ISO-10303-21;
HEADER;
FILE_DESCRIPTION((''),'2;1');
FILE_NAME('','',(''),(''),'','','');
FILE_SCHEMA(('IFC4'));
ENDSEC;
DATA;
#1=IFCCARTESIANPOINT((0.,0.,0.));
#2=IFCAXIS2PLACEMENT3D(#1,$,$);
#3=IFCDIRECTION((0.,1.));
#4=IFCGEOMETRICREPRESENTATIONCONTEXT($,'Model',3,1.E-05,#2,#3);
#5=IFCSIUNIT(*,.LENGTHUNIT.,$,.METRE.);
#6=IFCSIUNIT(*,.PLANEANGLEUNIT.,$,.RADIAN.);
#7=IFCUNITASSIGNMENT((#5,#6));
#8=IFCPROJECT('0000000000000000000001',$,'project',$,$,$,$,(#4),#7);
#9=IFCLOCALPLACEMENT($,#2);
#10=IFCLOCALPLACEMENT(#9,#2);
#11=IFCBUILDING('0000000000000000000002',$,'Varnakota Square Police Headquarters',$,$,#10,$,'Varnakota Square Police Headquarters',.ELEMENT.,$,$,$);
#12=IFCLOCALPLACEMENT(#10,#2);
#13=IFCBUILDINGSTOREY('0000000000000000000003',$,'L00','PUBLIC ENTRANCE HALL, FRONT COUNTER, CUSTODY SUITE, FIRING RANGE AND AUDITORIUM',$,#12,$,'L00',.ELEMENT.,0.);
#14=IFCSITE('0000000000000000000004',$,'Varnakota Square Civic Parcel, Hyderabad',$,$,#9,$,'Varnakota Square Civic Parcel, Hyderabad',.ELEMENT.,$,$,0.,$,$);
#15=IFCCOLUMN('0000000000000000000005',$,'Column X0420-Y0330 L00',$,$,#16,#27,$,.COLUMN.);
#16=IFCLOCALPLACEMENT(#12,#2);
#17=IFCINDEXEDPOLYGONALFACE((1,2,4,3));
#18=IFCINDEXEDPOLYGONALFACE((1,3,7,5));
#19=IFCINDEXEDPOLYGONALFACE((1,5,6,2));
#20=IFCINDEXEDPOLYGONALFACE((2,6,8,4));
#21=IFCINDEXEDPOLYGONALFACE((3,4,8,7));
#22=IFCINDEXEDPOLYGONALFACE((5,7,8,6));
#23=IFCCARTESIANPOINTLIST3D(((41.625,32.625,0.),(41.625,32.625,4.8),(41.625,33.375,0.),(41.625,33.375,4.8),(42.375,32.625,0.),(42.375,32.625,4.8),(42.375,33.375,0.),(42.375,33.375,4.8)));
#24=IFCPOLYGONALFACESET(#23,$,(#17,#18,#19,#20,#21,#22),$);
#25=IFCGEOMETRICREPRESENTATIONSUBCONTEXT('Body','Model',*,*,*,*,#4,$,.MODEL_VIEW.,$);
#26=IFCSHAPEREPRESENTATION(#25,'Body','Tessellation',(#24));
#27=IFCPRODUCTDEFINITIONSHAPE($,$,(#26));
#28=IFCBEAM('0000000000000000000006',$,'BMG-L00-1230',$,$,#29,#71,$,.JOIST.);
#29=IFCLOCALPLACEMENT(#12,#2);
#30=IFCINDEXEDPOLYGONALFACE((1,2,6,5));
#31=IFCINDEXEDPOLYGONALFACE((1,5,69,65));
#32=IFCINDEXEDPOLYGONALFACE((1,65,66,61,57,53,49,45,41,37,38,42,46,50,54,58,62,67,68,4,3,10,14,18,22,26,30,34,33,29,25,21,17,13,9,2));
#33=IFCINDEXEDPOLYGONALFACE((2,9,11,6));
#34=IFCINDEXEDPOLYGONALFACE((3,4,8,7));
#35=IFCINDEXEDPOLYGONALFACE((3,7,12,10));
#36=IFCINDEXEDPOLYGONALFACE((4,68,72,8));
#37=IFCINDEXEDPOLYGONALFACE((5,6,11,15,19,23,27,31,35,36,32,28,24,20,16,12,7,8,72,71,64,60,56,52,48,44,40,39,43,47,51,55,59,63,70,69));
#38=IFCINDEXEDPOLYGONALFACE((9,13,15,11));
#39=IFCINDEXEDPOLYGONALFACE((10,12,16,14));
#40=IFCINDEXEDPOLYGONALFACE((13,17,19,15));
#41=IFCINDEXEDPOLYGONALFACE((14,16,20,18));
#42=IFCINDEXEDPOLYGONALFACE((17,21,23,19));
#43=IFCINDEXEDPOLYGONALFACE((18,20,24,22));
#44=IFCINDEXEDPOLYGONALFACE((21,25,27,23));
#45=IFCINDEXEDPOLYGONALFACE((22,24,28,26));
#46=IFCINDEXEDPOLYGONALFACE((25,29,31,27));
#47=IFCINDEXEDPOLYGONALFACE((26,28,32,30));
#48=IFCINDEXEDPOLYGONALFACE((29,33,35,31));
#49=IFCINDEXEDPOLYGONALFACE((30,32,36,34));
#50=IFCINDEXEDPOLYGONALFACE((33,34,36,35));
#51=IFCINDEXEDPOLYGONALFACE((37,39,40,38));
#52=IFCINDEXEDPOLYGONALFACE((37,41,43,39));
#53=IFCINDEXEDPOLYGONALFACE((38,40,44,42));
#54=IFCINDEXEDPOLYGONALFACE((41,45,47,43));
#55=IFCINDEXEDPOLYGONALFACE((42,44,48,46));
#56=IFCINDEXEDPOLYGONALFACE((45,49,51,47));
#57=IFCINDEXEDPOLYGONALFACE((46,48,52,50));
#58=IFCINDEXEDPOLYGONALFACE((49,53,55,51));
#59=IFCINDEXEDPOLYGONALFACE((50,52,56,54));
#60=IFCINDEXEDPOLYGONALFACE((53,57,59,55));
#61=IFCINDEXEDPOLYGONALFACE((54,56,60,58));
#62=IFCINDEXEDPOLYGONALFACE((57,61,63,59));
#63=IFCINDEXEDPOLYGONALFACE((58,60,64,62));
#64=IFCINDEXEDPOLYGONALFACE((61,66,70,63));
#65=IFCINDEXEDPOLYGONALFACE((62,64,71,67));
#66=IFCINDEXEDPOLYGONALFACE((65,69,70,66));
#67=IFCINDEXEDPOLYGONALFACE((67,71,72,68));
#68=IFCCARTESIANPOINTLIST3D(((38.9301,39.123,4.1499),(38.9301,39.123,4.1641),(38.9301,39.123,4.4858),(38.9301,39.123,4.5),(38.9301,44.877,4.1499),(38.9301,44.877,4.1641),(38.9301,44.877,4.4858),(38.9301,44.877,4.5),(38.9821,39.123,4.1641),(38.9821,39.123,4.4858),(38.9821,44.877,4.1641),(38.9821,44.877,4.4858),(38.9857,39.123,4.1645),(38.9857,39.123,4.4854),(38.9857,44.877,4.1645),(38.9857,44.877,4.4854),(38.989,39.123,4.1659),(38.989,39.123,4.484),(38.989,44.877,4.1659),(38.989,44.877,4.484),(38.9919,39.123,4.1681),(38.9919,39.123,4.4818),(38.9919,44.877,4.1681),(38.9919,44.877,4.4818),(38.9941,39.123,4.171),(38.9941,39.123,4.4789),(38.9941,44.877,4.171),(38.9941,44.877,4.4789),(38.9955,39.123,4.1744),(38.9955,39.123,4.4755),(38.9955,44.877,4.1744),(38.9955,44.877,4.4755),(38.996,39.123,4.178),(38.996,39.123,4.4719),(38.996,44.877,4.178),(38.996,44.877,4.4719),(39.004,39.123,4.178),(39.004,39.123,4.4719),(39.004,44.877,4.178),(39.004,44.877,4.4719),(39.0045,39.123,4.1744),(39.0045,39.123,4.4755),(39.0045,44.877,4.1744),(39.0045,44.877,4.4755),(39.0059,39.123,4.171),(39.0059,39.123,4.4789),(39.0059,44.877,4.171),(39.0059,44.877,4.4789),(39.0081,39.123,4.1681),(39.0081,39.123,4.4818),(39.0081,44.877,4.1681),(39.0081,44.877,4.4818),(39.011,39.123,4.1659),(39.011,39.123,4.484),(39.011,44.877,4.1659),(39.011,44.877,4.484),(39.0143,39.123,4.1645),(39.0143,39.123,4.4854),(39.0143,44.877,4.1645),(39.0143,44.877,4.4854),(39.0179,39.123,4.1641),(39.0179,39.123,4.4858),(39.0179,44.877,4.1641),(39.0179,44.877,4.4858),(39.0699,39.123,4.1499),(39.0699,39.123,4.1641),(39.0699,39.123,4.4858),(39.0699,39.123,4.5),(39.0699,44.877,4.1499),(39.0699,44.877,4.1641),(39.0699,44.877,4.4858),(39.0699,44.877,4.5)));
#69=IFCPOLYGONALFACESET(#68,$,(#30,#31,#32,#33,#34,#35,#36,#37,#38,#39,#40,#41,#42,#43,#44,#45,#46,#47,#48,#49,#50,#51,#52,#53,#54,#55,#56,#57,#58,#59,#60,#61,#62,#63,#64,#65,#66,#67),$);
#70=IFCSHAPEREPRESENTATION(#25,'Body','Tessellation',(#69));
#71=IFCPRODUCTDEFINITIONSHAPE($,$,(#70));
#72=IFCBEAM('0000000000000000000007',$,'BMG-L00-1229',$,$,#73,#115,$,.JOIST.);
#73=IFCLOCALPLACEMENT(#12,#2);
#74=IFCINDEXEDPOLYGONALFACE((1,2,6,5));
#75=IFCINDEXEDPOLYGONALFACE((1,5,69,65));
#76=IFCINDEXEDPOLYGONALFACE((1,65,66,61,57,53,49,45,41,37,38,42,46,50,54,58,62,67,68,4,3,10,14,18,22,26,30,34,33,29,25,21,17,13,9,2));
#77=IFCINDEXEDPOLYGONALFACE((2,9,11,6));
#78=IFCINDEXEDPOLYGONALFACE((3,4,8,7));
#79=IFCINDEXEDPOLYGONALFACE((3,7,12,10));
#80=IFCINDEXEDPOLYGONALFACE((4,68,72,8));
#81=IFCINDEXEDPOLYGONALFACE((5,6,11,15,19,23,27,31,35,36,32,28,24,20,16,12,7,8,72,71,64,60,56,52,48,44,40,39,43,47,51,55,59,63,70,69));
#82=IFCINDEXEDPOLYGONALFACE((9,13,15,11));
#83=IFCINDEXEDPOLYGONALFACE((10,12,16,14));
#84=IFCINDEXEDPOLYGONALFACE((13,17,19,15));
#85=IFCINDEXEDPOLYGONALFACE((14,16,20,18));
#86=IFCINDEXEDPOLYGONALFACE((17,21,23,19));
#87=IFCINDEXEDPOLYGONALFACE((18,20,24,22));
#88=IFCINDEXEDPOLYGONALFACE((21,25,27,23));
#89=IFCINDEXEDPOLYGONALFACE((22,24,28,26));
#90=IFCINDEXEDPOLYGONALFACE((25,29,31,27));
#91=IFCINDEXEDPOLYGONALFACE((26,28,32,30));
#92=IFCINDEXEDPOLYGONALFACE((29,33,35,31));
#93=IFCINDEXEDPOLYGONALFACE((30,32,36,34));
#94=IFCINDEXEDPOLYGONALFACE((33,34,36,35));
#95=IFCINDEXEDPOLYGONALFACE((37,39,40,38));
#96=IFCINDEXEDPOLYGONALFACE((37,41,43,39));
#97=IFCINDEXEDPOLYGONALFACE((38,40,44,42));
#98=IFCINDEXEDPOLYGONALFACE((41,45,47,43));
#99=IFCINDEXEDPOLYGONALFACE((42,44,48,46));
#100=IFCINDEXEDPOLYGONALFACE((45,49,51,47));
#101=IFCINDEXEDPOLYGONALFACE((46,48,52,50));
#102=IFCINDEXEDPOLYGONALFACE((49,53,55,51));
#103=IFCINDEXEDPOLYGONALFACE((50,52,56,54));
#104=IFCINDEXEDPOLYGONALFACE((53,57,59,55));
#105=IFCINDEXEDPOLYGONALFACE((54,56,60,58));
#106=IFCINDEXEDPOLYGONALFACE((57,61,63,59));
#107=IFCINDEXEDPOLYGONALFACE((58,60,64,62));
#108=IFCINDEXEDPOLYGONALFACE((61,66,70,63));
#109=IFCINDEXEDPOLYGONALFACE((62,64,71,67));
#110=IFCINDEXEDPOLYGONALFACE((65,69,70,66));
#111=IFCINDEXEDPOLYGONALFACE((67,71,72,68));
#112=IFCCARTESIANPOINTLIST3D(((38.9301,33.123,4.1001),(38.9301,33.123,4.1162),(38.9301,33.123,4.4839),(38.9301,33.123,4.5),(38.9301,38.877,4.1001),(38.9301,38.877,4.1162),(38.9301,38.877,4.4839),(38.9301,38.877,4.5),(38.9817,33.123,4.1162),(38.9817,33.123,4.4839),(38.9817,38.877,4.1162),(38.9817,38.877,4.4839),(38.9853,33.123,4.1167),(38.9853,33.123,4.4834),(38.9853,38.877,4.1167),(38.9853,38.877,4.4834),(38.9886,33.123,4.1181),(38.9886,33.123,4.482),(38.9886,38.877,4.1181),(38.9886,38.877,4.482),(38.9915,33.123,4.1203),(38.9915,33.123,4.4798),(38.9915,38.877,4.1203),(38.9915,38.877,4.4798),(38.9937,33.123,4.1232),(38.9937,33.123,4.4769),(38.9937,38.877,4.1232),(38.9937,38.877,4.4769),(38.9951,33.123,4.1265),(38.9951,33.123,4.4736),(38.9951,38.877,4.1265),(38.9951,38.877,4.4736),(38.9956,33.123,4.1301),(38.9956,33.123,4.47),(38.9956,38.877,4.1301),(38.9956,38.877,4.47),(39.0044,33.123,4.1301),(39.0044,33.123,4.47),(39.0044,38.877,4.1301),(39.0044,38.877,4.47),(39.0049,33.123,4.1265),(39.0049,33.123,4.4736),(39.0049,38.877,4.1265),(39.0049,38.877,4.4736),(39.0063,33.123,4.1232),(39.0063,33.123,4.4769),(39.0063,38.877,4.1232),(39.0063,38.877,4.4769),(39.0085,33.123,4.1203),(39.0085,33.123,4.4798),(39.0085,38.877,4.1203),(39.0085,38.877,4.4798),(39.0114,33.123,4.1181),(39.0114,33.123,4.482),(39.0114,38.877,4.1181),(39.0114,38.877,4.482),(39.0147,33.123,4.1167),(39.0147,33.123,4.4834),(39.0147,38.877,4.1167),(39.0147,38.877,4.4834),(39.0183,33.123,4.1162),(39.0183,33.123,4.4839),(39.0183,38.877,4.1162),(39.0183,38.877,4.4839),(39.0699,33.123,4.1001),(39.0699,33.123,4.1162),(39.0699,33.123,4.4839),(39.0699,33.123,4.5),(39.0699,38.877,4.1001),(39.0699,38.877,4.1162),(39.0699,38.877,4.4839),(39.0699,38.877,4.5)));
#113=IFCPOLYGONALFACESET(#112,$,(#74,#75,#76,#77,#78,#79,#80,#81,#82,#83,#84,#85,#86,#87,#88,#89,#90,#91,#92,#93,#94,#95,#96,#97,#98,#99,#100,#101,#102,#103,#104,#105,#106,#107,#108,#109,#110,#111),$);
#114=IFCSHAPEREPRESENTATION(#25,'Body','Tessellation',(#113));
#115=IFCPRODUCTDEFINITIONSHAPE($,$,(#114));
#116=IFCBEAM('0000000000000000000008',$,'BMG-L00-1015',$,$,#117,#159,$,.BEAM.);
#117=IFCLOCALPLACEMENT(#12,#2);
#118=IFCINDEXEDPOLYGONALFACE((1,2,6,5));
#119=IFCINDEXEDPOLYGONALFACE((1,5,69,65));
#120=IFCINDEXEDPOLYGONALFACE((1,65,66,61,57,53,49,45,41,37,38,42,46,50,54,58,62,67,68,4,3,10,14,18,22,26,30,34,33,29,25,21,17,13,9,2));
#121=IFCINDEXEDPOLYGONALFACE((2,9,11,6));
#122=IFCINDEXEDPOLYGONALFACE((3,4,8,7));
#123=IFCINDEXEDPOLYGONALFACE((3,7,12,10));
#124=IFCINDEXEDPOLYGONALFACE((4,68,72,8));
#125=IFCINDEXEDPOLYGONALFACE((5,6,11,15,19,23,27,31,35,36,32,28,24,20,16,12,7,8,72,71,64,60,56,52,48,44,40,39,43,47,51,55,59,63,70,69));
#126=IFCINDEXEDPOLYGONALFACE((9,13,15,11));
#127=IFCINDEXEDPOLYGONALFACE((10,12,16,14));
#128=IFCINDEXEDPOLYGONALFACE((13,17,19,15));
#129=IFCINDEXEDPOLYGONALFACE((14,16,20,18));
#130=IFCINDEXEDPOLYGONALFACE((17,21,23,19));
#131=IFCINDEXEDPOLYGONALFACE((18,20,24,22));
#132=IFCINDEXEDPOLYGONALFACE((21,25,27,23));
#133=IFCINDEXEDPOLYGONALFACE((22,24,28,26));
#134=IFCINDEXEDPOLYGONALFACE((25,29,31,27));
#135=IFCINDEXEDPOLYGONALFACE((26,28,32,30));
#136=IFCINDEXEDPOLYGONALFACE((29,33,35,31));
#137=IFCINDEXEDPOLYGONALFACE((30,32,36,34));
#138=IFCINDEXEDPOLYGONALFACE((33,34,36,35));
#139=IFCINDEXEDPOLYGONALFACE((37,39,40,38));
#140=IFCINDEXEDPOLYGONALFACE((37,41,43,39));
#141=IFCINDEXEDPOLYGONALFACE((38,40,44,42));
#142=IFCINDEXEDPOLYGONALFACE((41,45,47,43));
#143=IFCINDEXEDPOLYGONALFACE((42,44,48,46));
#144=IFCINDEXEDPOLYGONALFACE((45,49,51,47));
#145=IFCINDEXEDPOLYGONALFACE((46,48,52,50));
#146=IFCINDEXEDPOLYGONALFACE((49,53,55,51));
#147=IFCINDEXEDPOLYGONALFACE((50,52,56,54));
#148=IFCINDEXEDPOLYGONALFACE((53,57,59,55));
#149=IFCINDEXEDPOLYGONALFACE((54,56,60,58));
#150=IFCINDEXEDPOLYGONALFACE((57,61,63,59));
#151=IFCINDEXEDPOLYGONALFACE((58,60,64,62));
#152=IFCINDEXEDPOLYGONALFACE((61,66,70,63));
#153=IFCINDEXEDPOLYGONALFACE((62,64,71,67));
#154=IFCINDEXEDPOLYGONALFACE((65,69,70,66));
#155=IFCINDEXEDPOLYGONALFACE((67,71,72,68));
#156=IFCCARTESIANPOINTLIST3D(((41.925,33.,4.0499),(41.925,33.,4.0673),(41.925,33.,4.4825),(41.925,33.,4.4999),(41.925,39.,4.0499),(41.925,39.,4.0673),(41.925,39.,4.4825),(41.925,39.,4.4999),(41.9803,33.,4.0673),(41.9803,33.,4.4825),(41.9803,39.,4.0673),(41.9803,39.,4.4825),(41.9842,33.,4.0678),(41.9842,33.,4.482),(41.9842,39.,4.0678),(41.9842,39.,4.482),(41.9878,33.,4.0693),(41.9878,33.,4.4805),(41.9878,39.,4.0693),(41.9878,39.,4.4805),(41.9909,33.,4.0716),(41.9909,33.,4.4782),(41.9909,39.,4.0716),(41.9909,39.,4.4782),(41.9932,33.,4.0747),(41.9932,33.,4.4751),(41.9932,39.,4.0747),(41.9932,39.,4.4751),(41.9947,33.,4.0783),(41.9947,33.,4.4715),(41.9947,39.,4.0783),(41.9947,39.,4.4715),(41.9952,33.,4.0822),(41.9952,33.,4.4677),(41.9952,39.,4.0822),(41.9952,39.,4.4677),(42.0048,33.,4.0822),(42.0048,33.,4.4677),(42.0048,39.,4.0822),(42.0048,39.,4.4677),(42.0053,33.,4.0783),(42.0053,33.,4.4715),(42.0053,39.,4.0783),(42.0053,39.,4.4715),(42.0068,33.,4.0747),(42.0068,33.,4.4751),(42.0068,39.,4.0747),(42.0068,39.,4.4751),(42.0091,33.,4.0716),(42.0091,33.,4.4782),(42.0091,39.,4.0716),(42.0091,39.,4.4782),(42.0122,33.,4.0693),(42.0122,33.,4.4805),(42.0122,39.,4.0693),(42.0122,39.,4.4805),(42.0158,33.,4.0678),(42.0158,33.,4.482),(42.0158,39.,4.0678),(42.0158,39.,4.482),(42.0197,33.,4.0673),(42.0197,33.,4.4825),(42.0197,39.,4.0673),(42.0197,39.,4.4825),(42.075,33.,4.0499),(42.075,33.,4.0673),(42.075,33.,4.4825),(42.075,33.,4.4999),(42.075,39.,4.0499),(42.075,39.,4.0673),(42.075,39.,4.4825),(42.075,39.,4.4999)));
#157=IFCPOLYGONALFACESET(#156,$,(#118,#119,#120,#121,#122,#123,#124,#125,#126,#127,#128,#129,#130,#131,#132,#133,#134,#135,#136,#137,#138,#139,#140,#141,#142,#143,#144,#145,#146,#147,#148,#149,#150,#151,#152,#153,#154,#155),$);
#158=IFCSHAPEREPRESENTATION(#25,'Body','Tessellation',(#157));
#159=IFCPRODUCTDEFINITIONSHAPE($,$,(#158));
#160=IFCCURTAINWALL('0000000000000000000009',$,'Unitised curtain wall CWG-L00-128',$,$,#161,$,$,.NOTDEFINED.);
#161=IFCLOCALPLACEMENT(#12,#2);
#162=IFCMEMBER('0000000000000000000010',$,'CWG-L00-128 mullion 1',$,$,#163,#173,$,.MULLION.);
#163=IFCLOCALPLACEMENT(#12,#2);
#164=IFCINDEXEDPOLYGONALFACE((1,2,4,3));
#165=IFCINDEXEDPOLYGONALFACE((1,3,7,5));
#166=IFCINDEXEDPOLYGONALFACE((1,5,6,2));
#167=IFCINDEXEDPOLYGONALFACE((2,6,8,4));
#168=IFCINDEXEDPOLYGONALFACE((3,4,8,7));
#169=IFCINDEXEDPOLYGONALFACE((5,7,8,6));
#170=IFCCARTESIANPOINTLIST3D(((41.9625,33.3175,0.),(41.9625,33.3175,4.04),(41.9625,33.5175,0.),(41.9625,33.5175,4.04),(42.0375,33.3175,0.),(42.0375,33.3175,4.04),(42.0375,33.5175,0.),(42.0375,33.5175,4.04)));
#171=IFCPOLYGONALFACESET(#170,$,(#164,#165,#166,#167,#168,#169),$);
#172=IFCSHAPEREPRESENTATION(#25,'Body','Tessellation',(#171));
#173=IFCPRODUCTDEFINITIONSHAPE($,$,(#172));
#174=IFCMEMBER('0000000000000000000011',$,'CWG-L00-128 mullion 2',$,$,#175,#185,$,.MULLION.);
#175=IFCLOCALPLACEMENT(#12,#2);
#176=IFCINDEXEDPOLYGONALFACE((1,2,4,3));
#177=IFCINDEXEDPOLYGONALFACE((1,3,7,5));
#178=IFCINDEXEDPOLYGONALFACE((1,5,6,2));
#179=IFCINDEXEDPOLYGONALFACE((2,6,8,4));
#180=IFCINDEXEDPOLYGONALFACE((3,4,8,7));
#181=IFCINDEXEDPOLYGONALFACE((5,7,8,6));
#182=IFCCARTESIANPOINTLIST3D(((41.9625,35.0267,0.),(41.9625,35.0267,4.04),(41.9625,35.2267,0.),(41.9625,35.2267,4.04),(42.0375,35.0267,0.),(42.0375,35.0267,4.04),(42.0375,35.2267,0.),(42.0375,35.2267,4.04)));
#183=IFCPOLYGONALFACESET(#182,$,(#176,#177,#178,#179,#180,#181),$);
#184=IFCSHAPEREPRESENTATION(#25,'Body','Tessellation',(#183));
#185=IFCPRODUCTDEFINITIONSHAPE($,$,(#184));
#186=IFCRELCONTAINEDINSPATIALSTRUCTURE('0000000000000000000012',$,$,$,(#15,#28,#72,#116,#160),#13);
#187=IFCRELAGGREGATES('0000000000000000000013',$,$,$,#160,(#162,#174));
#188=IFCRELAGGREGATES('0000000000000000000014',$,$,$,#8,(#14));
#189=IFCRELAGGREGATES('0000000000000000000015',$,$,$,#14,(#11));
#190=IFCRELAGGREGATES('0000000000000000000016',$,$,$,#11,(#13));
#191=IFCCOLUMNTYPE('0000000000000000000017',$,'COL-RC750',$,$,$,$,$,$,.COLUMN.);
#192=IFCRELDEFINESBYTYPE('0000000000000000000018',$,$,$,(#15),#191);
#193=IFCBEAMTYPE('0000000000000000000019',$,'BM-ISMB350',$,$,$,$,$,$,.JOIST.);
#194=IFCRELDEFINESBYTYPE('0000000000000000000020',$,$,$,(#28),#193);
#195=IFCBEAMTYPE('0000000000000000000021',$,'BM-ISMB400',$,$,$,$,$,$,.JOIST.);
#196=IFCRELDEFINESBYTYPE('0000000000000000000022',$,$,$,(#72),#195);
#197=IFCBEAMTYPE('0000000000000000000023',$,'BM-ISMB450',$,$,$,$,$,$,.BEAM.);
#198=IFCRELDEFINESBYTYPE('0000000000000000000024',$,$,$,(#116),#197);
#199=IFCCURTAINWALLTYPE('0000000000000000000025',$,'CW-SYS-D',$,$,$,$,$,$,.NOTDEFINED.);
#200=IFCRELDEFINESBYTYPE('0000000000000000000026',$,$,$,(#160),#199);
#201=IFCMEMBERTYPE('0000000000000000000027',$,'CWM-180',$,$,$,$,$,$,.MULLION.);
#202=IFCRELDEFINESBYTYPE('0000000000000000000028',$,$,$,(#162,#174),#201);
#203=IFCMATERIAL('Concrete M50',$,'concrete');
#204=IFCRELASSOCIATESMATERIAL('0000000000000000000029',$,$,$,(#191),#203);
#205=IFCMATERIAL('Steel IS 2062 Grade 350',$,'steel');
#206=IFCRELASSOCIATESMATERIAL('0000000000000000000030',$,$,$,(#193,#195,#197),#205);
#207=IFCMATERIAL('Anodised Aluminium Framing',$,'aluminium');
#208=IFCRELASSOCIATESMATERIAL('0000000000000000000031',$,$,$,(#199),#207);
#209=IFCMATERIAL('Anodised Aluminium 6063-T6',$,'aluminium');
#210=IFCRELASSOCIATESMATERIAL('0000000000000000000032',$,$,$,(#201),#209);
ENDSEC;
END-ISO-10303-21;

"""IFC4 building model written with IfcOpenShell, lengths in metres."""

from ifc_helpers import new_model, si_unit, direction, frame, origin, origin_2d, place, context, subcontext, project, spatial, rectangle, i_section, extrude, material, material_profile, profile_set, type_object, element, aggregate, save


model = new_model("IFC4")

# Units and contexts
model_context = context("Model", 3, precision=1e-05, world=origin(), true_north=direction((0.0, 1.0)))
body_context = subcontext(model_context, "Body", "Model", "MODEL_VIEW")
ifc_project = project(units=[si_unit("LENGTHUNIT", "METRE"), si_unit("PLANEANGLEUNIT", "RADIAN")], contexts=[model_context])

# Site, building, storey
site_placement = place(None, origin())
site = spatial("IfcSite", under=ifc_project, at=site_placement, Name="Varnakota Square Civic Parcel, Hyderabad", LongName="Varnakota Square Civic Parcel, Hyderabad", CompositionType="ELEMENT", RefElevation=0.0)
building_placement = place(site_placement, origin())
building = spatial("IfcBuilding", under=site, at=building_placement, Name="Varnakota Square Police Headquarters", LongName="Varnakota Square Police Headquarters", CompositionType="ELEMENT")
storey_placement = place(building_placement, origin())
storey = spatial("IfcBuildingStorey", under=building, at=storey_placement, Name="L00", Description="PUBLIC ENTRANCE HALL, FRONT COUNTER, CUSTODY SUITE, FIRING RANGE AND AUDITORIUM", LongName="L00", CompositionType="ELEMENT", Elevation=0.0)

# Column
ifc_material_1 = material(Name="Concrete M50", Category="concrete")
ifc_material_profile_1 = material_profile(ifc_material_1, rectangle(XDim=0.75, YDim=0.75, at=origin_2d()), Name="RC 750x750")
ifc_profile_set_1 = profile_set([ifc_material_profile_1], Name="Concrete M50")
column_type = type_object("IfcColumnType", Name="COL-RC750", PredefinedType="COLUMN", material=ifc_profile_set_1)
column_placement = place(storey_placement, frame((42.0, 33.0, 0.0), z_axis=(0.0, 0.0, 1.0), x_axis=(1.0, 0.0, 0.0)))
element("IfcColumn", 1, at=column_placement, inside=storey, type_object=column_type, Name="Column X0420-Y0330 L00", PredefinedType="COLUMN", context=body_context, shape_type="SweptSolid", body=[
    extrude(rectangle(XDim=0.75, YDim=0.75, at=origin_2d()), origin(), (0.0, 0.0, 1.0), 4.8),
])

# Beams
ifc_material_2 = material(Name="Steel IS 2062 Grade 350", Category="steel")
ifc_material_profile_2 = material_profile(ifc_material_2, i_section(OverallWidth=0.1399, OverallDepth=0.3501, WebThickness=0.0081, FlangeThickness=0.0142, FilletRadius=0.0139, at=origin_2d()), Name="ISMB 350")
ifc_profile_set_2 = profile_set([ifc_material_profile_2], Name="Steel IS 2062 Grade 350")
beam_type_1 = type_object("IfcBeamType", Name="BM-ISMB350", PredefinedType="JOIST", material=ifc_profile_set_2)
beam_1_placement = place(storey_placement, frame((39.0, 39.123, 4.325), z_axis=(0.0, 1.0, 0.0), x_axis=(-1.0, 0.0, 0.0)))
element("IfcBeam", 2, at=beam_1_placement, inside=storey, type_object=beam_type_1, Name="BMG-L00-1230", PredefinedType="JOIST", context=body_context, shape_type="SweptSolid", body=[
    extrude(i_section(OverallWidth=0.1399, OverallDepth=0.3501, WebThickness=0.0081, FlangeThickness=0.0142, FilletRadius=0.0139, at=origin_2d()), origin(), (0.0, 0.0, 1.0), 5.7539),
])
ifc_material_profile_3 = material_profile(ifc_material_2, i_section(OverallWidth=0.1399, OverallDepth=0.3999, WebThickness=0.0088, FlangeThickness=0.0161, FilletRadius=0.0139, at=origin_2d()), Name="ISMB 400")
ifc_profile_set_3 = profile_set([ifc_material_profile_3], Name="Steel IS 2062 Grade 350")
beam_type_2 = type_object("IfcBeamType", Name="BM-ISMB400", PredefinedType="JOIST", material=ifc_profile_set_3)
beam_2_placement = place(storey_placement, frame((39.0, 33.123, 4.3), z_axis=(0.0, 1.0, 0.0), x_axis=(-1.0, 0.0, 0.0)))
element("IfcBeam", 3, at=beam_2_placement, inside=storey, type_object=beam_type_2, Name="BMG-L00-1229", PredefinedType="JOIST", context=body_context, shape_type="SweptSolid", body=[
    extrude(i_section(OverallWidth=0.1399, OverallDepth=0.3999, WebThickness=0.0088, FlangeThickness=0.0161, FilletRadius=0.0139, at=origin_2d()), origin(), (0.0, 0.0, 1.0), 5.7539),
])
ifc_material_profile_4 = material_profile(ifc_material_2, i_section(OverallWidth=0.1499, OverallDepth=0.45, WebThickness=0.0095, FlangeThickness=0.0173, FilletRadius=0.0149, at=origin_2d()), Name="ISMB 450")
ifc_profile_set_4 = profile_set([ifc_material_profile_4], Name="Steel IS 2062 Grade 350")
beam_type_3 = type_object("IfcBeamType", Name="BM-ISMB450", PredefinedType="BEAM", material=ifc_profile_set_4)
beam_3_placement = place(storey_placement, frame((42.0, 33.0, 4.2749), z_axis=(0.0, 1.0, 0.0), x_axis=(-1.0, 0.0, 0.0)))
element("IfcBeam", 4, at=beam_3_placement, inside=storey, type_object=beam_type_3, Name="BMG-L00-1015", PredefinedType="BEAM", context=body_context, shape_type="SweptSolid", body=[
    extrude(i_section(OverallWidth=0.1499, OverallDepth=0.45, WebThickness=0.0095, FlangeThickness=0.0173, FilletRadius=0.0149, at=origin_2d()), origin(), (0.0, 0.0, 1.0), 6.0),
])

# Curtain wall, members
ifc_material_3 = material(Name="Anodised Aluminium Framing", Category="aluminium")
curtain_wall_type = type_object("IfcCurtainWallType", Name="CW-SYS-D", PredefinedType="NOTDEFINED", material=ifc_material_3)
curtain_wall_placement = place(storey_placement, origin())
curtain_wall = element("IfcCurtainWall", 5, at=curtain_wall_placement, inside=storey, type_object=curtain_wall_type, Name="Unitised curtain wall CWG-L00-128", PredefinedType="NOTDEFINED")
ifc_material_4 = material(Name="Anodised Aluminium 6063-T6", Category="aluminium")
ifc_material_profile_5 = material_profile(ifc_material_4, rectangle(XDim=0.075, YDim=0.2, at=origin_2d()), Name="ALU MULLION 75x200")
ifc_profile_set_5 = profile_set([ifc_material_profile_5], Name="Anodised Aluminium 6063-T6")
member_type_1 = type_object("IfcMemberType", Name="CWM-180", PredefinedType="MULLION", material=ifc_profile_set_5)
member_1_placement = place(storey_placement, frame((42.0, 33.4175, 0.0), z_axis=(0.0, 0.0, 1.0), x_axis=(-1.0, 0.0, 0.0)))
member_1 = element("IfcMember", 6, at=member_1_placement, type_object=member_type_1, Name="CWG-L00-128 mullion 1", PredefinedType="MULLION", context=body_context, shape_type="SweptSolid", body=[
    extrude(rectangle(XDim=0.075, YDim=0.2, at=origin_2d()), origin(), (0.0, 0.0, 1.0), 4.04),
])
member_2_placement = place(storey_placement, frame((42.0, 35.1267, 0.0), z_axis=(0.0, 0.0, 1.0), x_axis=(-1.0, 0.0, 0.0)))
member_2 = element("IfcMember", 7, at=member_2_placement, type_object=member_type_1, Name="CWG-L00-128 mullion 2", PredefinedType="MULLION", context=body_context, shape_type="SweptSolid", body=[
    extrude(rectangle(XDim=0.075, YDim=0.2, at=origin_2d()), origin(), (0.0, 0.0, 1.0), 4.04),
])

aggregate(curtain_wall, [member_1, member_2])

save(model, "model.ifc")
